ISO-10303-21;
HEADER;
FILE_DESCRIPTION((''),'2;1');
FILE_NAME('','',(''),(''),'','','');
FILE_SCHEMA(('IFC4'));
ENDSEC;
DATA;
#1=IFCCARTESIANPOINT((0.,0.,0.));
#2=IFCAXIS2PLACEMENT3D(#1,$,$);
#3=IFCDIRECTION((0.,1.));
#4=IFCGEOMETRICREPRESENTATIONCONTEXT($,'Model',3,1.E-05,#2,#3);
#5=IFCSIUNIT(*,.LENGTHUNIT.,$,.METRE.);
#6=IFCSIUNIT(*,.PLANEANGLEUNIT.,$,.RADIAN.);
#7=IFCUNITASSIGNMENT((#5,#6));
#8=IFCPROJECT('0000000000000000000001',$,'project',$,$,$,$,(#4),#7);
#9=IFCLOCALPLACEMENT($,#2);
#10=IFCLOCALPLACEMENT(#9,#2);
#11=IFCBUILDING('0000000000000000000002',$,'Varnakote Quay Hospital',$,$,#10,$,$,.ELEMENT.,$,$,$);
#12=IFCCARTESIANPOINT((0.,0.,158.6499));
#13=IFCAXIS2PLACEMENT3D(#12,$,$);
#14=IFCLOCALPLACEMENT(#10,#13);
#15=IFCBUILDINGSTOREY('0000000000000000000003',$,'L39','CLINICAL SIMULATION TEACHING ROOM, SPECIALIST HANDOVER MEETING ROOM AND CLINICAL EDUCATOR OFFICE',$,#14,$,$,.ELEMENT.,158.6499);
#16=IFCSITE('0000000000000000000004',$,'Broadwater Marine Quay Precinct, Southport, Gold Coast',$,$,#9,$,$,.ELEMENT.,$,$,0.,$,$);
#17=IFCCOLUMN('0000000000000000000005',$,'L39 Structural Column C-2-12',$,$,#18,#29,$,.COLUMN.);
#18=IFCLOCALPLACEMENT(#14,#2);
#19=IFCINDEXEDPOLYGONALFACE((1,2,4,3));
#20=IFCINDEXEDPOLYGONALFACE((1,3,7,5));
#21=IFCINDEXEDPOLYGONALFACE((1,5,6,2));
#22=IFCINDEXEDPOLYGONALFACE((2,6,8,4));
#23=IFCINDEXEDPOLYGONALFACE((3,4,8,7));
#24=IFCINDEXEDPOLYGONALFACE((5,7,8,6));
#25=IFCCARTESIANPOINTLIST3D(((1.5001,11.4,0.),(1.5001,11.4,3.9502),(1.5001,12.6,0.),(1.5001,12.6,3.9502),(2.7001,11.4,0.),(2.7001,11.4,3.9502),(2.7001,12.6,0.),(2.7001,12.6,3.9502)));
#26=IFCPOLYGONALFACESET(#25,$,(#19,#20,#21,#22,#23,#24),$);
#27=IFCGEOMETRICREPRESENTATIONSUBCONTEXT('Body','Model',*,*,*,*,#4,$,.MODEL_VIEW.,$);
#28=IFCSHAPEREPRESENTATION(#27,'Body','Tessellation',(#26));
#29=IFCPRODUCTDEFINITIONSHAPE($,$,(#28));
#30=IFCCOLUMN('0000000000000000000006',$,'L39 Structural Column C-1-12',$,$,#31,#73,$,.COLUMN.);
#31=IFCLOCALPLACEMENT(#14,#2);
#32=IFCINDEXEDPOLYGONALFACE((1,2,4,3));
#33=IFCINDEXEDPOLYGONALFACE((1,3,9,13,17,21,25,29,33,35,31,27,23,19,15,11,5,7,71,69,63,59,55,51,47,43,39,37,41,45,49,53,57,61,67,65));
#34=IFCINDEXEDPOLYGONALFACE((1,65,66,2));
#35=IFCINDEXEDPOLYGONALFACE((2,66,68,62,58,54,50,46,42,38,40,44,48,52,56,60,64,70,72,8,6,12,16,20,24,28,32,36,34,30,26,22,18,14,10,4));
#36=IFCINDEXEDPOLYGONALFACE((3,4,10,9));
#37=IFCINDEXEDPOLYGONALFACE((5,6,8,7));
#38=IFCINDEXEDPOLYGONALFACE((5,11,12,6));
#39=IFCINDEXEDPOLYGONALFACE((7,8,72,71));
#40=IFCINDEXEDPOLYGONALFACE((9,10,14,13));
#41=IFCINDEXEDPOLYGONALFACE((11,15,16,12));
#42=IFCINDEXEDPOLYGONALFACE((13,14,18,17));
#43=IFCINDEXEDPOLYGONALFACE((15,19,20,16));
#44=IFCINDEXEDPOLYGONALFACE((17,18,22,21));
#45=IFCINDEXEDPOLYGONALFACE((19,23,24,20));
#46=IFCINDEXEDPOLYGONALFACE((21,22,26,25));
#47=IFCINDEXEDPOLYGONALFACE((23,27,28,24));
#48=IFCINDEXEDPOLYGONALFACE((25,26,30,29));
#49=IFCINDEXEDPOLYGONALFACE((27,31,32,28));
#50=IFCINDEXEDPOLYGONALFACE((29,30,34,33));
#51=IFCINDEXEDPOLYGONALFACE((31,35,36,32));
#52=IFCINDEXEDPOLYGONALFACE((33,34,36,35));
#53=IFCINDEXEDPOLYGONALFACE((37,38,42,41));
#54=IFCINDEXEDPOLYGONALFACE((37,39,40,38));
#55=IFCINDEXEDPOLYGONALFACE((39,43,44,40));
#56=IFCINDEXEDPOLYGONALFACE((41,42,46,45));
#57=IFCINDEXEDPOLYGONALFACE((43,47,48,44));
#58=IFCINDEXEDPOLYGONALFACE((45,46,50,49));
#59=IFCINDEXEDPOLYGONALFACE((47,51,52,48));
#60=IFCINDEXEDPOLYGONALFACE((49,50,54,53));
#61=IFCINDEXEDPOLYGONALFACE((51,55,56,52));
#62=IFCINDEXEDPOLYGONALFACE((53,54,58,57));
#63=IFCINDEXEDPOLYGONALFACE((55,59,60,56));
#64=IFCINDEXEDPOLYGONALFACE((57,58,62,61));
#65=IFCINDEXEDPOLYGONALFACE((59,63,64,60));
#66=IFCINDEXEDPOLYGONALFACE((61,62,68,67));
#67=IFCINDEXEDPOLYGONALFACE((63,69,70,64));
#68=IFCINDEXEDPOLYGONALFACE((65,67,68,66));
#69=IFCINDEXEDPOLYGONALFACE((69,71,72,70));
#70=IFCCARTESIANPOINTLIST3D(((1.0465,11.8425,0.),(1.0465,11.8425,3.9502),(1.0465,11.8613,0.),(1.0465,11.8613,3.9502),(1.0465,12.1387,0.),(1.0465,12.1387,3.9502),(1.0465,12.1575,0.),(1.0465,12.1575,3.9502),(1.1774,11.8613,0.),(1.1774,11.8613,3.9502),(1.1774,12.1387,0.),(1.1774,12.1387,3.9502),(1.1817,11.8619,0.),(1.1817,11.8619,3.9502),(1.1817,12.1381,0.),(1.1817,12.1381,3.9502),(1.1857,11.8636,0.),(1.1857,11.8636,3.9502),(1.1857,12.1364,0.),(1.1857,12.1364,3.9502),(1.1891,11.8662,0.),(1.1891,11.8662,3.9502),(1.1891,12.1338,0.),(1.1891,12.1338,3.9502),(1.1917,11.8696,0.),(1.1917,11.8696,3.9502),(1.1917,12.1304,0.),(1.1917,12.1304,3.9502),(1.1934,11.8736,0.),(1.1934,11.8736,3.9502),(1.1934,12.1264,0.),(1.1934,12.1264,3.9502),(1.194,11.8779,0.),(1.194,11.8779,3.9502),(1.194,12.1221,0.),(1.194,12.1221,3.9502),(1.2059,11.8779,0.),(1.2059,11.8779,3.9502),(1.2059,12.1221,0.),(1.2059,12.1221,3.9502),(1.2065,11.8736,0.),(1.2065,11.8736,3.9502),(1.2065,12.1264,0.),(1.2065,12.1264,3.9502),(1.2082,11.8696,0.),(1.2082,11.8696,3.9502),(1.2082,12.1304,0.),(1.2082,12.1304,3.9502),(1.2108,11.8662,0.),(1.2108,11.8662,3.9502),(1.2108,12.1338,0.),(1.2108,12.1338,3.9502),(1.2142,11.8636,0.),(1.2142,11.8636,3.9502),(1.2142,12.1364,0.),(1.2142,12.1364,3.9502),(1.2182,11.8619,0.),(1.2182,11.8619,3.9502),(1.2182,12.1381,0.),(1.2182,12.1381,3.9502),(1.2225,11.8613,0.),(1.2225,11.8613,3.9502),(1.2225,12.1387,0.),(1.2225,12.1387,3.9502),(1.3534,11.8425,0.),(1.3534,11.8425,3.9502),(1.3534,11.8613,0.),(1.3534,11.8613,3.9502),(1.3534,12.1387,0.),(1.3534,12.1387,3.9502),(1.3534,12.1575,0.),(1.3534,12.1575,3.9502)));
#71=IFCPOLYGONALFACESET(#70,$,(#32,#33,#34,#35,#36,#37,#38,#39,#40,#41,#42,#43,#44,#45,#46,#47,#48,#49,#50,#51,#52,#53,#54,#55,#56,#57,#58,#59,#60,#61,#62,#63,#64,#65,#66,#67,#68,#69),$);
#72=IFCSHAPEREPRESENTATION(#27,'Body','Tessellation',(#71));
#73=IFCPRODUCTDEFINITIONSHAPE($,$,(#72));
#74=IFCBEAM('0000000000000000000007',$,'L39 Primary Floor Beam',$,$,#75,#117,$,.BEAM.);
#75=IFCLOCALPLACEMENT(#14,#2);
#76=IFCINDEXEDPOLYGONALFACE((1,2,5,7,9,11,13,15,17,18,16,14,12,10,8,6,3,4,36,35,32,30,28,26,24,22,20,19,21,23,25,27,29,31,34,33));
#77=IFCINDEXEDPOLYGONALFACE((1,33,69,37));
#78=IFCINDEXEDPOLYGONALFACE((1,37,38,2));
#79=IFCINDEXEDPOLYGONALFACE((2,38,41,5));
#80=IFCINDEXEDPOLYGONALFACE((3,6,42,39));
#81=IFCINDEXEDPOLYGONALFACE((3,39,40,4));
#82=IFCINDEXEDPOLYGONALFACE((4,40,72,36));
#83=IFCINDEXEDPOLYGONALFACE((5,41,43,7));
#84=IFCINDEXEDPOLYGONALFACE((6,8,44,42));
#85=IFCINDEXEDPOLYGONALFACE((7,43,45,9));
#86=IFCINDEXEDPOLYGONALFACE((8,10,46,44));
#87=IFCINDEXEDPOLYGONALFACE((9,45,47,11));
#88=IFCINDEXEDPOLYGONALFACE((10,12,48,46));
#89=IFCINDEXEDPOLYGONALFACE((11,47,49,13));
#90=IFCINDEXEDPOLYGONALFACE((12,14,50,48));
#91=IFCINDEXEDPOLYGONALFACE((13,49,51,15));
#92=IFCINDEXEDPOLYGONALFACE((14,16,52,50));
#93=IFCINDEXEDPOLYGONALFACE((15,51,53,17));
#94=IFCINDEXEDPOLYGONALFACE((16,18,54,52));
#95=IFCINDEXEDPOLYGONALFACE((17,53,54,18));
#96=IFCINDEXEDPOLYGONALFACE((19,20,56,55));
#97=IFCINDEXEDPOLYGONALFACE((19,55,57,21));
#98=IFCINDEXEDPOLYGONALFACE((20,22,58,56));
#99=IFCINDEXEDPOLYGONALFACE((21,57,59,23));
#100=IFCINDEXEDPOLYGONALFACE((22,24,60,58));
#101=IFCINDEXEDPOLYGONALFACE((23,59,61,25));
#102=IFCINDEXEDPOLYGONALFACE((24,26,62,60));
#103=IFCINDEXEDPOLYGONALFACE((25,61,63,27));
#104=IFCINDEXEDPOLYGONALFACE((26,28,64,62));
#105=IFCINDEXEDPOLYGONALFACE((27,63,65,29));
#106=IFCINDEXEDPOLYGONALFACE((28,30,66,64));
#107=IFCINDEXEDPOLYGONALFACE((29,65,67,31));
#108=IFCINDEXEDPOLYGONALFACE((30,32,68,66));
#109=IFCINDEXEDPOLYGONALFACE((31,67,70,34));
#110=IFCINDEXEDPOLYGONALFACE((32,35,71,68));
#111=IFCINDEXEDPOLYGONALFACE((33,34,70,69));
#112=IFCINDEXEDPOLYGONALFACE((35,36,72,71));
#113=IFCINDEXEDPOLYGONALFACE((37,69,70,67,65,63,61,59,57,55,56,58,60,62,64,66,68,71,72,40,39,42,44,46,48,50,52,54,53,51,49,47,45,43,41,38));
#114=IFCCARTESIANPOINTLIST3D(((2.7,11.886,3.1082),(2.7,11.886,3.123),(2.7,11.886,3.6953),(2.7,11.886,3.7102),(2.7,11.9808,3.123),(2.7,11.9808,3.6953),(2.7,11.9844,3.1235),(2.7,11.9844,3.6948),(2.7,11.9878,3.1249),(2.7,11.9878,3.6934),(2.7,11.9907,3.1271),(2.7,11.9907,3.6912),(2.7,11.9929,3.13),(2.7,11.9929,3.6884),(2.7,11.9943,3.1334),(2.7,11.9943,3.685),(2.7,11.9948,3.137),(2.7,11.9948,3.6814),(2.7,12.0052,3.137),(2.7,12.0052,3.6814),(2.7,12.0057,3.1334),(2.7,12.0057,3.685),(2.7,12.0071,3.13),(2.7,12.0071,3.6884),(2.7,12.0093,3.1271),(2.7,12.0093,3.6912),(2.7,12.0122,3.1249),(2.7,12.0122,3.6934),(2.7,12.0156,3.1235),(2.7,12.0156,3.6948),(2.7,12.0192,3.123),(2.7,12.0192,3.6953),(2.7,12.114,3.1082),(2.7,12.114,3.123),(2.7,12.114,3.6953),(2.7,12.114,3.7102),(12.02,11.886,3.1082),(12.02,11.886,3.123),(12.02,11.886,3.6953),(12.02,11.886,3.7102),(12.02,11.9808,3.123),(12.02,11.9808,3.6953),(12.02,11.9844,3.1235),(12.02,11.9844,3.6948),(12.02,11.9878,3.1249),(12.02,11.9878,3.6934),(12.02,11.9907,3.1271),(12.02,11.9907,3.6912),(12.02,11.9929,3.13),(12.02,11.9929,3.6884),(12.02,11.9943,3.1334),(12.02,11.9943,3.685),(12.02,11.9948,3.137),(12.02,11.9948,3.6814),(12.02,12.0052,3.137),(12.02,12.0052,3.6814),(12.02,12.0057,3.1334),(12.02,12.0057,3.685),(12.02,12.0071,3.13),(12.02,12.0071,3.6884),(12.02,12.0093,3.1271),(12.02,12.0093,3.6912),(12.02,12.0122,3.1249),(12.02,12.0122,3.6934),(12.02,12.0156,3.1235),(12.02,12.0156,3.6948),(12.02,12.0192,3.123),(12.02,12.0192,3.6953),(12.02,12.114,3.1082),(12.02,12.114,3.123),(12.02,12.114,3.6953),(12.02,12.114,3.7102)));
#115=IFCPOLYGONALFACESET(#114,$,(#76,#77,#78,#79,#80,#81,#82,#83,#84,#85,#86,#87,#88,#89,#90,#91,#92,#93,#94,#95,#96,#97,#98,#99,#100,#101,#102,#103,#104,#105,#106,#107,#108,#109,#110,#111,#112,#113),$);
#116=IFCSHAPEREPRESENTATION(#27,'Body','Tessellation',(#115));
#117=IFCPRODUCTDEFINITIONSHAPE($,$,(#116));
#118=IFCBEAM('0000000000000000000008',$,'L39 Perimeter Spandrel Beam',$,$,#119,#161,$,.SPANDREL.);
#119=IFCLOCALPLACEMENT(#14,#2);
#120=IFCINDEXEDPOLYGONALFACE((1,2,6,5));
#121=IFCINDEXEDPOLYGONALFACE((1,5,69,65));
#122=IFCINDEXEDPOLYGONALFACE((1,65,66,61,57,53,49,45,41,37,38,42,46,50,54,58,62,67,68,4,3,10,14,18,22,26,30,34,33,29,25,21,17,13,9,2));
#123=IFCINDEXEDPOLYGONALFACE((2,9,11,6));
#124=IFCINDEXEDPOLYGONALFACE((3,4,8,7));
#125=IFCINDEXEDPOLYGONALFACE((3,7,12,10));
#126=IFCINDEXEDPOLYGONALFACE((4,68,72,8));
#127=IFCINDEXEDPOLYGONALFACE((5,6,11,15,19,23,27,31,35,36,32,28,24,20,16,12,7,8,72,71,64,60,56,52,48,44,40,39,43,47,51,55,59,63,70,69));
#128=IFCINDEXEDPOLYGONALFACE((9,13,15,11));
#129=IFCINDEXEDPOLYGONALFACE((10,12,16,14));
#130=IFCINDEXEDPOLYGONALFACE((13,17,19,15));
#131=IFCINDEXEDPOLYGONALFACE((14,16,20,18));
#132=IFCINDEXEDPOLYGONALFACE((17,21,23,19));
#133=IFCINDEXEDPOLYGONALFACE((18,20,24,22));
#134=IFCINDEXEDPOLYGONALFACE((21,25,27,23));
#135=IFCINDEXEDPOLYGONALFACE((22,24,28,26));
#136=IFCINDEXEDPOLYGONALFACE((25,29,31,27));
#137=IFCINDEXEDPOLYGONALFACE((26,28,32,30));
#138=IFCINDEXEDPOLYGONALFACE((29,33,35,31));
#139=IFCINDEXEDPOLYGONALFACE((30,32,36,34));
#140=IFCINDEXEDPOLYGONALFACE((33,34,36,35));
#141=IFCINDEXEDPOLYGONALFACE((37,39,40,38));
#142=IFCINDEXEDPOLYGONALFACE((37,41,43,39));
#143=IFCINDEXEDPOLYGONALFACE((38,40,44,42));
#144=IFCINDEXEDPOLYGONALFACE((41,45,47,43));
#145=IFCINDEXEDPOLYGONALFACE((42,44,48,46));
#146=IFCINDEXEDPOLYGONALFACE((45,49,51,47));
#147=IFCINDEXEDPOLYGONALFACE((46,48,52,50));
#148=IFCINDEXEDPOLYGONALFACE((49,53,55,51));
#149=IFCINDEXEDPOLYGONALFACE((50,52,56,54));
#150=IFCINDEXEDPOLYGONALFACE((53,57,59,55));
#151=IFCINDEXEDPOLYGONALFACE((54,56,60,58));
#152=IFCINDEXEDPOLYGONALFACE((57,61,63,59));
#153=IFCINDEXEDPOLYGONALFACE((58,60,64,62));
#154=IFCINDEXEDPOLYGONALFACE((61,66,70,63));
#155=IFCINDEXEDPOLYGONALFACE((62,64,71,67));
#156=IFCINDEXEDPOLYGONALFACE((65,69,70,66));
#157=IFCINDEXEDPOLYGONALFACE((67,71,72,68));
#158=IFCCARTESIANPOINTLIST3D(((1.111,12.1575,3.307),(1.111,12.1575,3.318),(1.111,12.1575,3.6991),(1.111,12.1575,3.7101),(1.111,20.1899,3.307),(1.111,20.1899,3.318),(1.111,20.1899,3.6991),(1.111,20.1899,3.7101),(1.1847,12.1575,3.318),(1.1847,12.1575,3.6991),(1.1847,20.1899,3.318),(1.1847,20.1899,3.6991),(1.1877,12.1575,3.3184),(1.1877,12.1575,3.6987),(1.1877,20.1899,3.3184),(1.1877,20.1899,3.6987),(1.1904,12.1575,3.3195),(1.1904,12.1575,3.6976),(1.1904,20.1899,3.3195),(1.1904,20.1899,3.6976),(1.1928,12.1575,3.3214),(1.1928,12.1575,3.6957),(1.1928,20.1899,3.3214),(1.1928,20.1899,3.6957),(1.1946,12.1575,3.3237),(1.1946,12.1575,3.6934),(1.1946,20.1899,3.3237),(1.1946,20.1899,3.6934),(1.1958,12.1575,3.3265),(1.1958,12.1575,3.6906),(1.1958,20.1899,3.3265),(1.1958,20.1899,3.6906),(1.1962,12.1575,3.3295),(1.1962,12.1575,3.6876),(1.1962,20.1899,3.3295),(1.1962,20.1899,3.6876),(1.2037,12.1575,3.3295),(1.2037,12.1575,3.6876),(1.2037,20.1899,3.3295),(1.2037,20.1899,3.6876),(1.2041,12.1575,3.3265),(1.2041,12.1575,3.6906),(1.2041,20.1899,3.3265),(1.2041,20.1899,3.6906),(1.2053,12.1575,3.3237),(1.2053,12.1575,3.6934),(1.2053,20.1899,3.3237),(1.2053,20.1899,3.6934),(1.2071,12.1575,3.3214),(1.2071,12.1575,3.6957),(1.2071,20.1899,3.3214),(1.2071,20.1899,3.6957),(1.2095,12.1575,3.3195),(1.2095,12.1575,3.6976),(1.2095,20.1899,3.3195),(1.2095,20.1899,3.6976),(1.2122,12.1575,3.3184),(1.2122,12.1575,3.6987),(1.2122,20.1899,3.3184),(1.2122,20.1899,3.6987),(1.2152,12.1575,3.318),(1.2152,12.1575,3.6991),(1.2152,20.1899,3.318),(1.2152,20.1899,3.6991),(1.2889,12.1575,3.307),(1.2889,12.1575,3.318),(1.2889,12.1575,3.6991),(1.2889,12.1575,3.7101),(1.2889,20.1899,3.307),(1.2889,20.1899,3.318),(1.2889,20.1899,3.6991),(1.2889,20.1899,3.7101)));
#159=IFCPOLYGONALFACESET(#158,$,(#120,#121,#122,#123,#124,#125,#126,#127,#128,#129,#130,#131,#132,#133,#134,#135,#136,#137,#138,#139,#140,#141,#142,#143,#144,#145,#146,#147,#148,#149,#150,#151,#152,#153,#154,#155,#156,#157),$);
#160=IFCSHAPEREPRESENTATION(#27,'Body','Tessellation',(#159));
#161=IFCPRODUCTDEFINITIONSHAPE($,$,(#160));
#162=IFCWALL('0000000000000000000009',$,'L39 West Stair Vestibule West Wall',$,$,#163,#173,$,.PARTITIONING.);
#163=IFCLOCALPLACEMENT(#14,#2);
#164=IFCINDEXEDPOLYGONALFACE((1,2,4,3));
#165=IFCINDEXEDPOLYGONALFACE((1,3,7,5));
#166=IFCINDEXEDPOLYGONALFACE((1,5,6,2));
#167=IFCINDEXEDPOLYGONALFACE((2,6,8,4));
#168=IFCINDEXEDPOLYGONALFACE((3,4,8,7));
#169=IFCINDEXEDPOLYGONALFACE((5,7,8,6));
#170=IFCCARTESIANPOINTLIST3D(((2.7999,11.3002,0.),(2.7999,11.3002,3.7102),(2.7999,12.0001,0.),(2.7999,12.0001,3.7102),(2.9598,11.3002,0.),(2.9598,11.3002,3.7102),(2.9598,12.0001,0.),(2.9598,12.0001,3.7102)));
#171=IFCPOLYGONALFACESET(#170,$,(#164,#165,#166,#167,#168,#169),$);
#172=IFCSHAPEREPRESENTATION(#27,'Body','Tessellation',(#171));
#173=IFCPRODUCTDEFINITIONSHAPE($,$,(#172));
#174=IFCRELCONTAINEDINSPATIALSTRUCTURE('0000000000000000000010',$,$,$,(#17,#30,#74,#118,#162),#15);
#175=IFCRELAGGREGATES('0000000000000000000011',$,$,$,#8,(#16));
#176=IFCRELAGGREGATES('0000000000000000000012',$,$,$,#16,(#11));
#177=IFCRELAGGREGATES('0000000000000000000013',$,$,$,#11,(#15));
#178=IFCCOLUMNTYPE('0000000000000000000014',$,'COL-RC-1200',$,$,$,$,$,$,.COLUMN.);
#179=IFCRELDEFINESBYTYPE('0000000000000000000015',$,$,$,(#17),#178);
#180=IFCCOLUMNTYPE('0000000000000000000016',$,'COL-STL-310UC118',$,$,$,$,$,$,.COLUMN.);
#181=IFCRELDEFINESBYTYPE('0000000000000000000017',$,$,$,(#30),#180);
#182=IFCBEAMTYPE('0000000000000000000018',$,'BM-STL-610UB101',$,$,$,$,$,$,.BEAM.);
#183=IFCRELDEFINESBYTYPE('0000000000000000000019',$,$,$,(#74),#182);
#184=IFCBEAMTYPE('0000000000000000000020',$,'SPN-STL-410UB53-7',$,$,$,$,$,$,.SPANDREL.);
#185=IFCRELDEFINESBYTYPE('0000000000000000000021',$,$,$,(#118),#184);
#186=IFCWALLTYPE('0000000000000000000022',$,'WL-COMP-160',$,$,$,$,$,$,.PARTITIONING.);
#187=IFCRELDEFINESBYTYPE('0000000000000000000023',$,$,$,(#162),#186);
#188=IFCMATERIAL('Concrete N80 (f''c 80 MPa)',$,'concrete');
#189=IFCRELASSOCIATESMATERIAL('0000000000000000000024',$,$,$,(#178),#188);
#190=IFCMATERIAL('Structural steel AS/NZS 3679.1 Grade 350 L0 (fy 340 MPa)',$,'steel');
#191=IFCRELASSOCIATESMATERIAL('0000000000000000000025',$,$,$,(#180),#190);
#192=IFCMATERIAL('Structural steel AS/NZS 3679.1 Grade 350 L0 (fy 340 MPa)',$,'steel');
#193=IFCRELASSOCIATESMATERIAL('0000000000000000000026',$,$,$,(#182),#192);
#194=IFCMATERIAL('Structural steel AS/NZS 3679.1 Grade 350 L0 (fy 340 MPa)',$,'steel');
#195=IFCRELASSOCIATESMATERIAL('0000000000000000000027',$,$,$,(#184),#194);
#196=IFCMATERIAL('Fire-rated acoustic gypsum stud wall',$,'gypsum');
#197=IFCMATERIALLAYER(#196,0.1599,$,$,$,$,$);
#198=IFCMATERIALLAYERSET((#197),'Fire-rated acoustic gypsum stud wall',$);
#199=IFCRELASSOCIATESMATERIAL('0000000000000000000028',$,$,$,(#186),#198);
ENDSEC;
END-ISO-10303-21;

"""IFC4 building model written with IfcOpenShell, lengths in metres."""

from ifc_helpers import new_model, si_unit, direction, frame, frame_2d, origin, origin_2d, place, context, subcontext, project, spatial, rectangle, i_section, extrude, material, layer, layer_set, material_profile, profile_set, type_object, element, save


model = new_model("IFC4")

# Units and contexts
model_context = context("Model", 3, precision=1e-05, world=origin(), true_north=direction((0.0, 1.0)))
body_context = subcontext(model_context, "Body", "Model", "MODEL_VIEW")
ifc_project = project(units=[si_unit("LENGTHUNIT", "METRE"), si_unit("PLANEANGLEUNIT", "RADIAN")], contexts=[model_context])

# Site, building, storey
site_placement = place(None, origin())
site = spatial("IfcSite", under=ifc_project, at=site_placement, Name="Broadwater Marine Quay Precinct, Southport, Gold Coast", CompositionType="ELEMENT", RefElevation=0.0)
building_placement = place(site_placement, origin())
building = spatial("IfcBuilding", under=site, at=building_placement, Name="Varnakote Quay Hospital", CompositionType="ELEMENT")
storey_placement = place(building_placement, frame((0.0, 0.0, 158.6499)))
storey = spatial("IfcBuildingStorey", under=building, at=storey_placement, Name="L39", Description="CLINICAL SIMULATION TEACHING ROOM, SPECIALIST HANDOVER MEETING ROOM AND CLINICAL EDUCATOR OFFICE", CompositionType="ELEMENT", Elevation=158.6499)

# Columns
ifc_material_1 = material(Name="Concrete N80 (f'c 80 MPa)", Category="concrete")
ifc_material_profile_1 = material_profile(ifc_material_1, rectangle(XDim=1.2, YDim=1.2, at=origin_2d()), Name="RC-COL-1200x1200")
ifc_profile_set_1 = profile_set([ifc_material_profile_1], Name="Concrete N80 (f'c 80 MPa)")
column_type_1 = type_object("IfcColumnType", Name="COL-RC-1200", PredefinedType="COLUMN", material=ifc_profile_set_1)
column_1_placement = place(storey_placement, frame((2.1001, 12.0, 0.0), z_axis=(0.0, 0.0, 1.0), x_axis=(1.0, 0.0, 0.0)))
element("IfcColumn", 1, at=column_1_placement, inside=storey, type_object=column_type_1, Name="L39 Structural Column C-2-12", PredefinedType="COLUMN", context=body_context, shape_type="SweptSolid", body=[
    extrude(rectangle(XDim=1.2, YDim=1.2, at=origin_2d()), origin(), (0.0, 0.0, 1.0), 3.9502),
])
ifc_material_2 = material(Name="Structural steel AS/NZS 3679.1 Grade 350 L0 (fy 340 MPa)", Category="steel")
ifc_material_profile_2 = material_profile(ifc_material_2, i_section(OverallWidth=0.3069, OverallDepth=0.3149, WebThickness=0.012, FlangeThickness=0.0188, FilletRadius=0.0166, at=origin_2d()), Name="310UC118")
ifc_profile_set_2 = profile_set([ifc_material_profile_2], Name="Structural steel AS/NZS 3679.1 Grade 350 L0 (fy 340 MPa)")
column_type_2 = type_object("IfcColumnType", Name="COL-STL-310UC118", PredefinedType="COLUMN", material=ifc_profile_set_2)
column_2_placement = place(storey_placement, frame((1.2, 12.0, 0.0), z_axis=(0.0, 0.0, 1.0), x_axis=(1.0, 0.0, 0.0)))
element("IfcColumn", 2, at=column_2_placement, inside=storey, type_object=column_type_2, Name="L39 Structural Column C-1-12", PredefinedType="COLUMN", context=body_context, shape_type="SweptSolid", body=[
    extrude(i_section(OverallWidth=0.3069, OverallDepth=0.3149, WebThickness=0.012, FlangeThickness=0.0188, FilletRadius=0.0166, at=origin_2d()), origin(), (0.0, 0.0, 1.0), 3.9502),
])

# Beams
ifc_material_3 = material(Name="Structural steel AS/NZS 3679.1 Grade 350 L0 (fy 340 MPa)", Category="steel")
ifc_material_profile_3 = material_profile(ifc_material_3, i_section(OverallWidth=0.228, OverallDepth=0.6021, WebThickness=0.0105, FlangeThickness=0.0149, FilletRadius=0.0139, at=origin_2d()), Name="610UB101")
ifc_profile_set_3 = profile_set([ifc_material_profile_3], Name="Structural steel AS/NZS 3679.1 Grade 350 L0 (fy 340 MPa)")
beam_type_1 = type_object("IfcBeamType", Name="BM-STL-610UB101", PredefinedType="BEAM", material=ifc_profile_set_3)
beam_1_placement = place(storey_placement, frame((2.7, 12.0, 3.4092), z_axis=(1.0, 0.0, 0.0), x_axis=(0.0, 1.0, 0.0)))
element("IfcBeam", 3, at=beam_1_placement, inside=storey, type_object=beam_type_1, Name="L39 Primary Floor Beam", PredefinedType="BEAM", context=body_context, shape_type="SweptSolid", body=[
    extrude(i_section(OverallWidth=0.228, OverallDepth=0.6021, WebThickness=0.0105, FlangeThickness=0.0149, FilletRadius=0.0139, at=origin_2d()), origin(), (0.0, 0.0, 1.0), 9.3201),
])
ifc_material_4 = material(Name="Structural steel AS/NZS 3679.1 Grade 350 L0 (fy 340 MPa)", Category="steel")
ifc_material_profile_4 = material_profile(ifc_material_4, i_section(OverallWidth=0.178, OverallDepth=0.4031, WebThickness=0.0076, FlangeThickness=0.011, FilletRadius=0.0115, at=origin_2d()), Name="410UB53.7")
ifc_profile_set_4 = profile_set([ifc_material_profile_4], Name="Structural steel AS/NZS 3679.1 Grade 350 L0 (fy 340 MPa)")
beam_type_2 = type_object("IfcBeamType", Name="SPN-STL-410UB53-7", PredefinedType="SPANDREL", material=ifc_profile_set_4)
beam_2_placement = place(storey_placement, frame((1.2, 12.1575, 3.5085), z_axis=(0.0, 1.0, 0.0), x_axis=(-1.0, 0.0, 0.0)))
element("IfcBeam", 4, at=beam_2_placement, inside=storey, type_object=beam_type_2, Name="L39 Perimeter Spandrel Beam", PredefinedType="SPANDREL", context=body_context, shape_type="SweptSolid", body=[
    extrude(i_section(OverallWidth=0.178, OverallDepth=0.4031, WebThickness=0.0076, FlangeThickness=0.011, FilletRadius=0.0115, at=origin_2d()), origin(), (0.0, 0.0, 1.0), 8.0325),
])

# Wall
ifc_material_5 = material(Name="Fire-rated acoustic gypsum stud wall", Category="gypsum")
ifc_layer_1 = layer(ifc_material_5, 0.1599)
ifc_layer_set_1 = layer_set([ifc_layer_1], Name="Fire-rated acoustic gypsum stud wall")
wall_type_1 = type_object("IfcWallType", Name="WL-COMP-160", PredefinedType="PARTITIONING", material=ifc_layer_set_1)
wall_1_placement = place(storey_placement, frame((2.8799, 11.3, 0.0), z_axis=(0.0, 0.0, 1.0), x_axis=(0.0, 1.0, 0.0)))
element("IfcWall", 5, at=wall_1_placement, inside=storey, type_object=wall_type_1, Name="L39 West Stair Vestibule West Wall", PredefinedType="PARTITIONING", context=body_context, shape_type="SweptSolid", body=[
    extrude(rectangle(XDim=0.7, YDim=0.1599, at=frame_2d((0.3501, 0.0))), origin(), (0.0, 0.0, 1.0), 3.7102),
])

save(model, "model.ifc")
